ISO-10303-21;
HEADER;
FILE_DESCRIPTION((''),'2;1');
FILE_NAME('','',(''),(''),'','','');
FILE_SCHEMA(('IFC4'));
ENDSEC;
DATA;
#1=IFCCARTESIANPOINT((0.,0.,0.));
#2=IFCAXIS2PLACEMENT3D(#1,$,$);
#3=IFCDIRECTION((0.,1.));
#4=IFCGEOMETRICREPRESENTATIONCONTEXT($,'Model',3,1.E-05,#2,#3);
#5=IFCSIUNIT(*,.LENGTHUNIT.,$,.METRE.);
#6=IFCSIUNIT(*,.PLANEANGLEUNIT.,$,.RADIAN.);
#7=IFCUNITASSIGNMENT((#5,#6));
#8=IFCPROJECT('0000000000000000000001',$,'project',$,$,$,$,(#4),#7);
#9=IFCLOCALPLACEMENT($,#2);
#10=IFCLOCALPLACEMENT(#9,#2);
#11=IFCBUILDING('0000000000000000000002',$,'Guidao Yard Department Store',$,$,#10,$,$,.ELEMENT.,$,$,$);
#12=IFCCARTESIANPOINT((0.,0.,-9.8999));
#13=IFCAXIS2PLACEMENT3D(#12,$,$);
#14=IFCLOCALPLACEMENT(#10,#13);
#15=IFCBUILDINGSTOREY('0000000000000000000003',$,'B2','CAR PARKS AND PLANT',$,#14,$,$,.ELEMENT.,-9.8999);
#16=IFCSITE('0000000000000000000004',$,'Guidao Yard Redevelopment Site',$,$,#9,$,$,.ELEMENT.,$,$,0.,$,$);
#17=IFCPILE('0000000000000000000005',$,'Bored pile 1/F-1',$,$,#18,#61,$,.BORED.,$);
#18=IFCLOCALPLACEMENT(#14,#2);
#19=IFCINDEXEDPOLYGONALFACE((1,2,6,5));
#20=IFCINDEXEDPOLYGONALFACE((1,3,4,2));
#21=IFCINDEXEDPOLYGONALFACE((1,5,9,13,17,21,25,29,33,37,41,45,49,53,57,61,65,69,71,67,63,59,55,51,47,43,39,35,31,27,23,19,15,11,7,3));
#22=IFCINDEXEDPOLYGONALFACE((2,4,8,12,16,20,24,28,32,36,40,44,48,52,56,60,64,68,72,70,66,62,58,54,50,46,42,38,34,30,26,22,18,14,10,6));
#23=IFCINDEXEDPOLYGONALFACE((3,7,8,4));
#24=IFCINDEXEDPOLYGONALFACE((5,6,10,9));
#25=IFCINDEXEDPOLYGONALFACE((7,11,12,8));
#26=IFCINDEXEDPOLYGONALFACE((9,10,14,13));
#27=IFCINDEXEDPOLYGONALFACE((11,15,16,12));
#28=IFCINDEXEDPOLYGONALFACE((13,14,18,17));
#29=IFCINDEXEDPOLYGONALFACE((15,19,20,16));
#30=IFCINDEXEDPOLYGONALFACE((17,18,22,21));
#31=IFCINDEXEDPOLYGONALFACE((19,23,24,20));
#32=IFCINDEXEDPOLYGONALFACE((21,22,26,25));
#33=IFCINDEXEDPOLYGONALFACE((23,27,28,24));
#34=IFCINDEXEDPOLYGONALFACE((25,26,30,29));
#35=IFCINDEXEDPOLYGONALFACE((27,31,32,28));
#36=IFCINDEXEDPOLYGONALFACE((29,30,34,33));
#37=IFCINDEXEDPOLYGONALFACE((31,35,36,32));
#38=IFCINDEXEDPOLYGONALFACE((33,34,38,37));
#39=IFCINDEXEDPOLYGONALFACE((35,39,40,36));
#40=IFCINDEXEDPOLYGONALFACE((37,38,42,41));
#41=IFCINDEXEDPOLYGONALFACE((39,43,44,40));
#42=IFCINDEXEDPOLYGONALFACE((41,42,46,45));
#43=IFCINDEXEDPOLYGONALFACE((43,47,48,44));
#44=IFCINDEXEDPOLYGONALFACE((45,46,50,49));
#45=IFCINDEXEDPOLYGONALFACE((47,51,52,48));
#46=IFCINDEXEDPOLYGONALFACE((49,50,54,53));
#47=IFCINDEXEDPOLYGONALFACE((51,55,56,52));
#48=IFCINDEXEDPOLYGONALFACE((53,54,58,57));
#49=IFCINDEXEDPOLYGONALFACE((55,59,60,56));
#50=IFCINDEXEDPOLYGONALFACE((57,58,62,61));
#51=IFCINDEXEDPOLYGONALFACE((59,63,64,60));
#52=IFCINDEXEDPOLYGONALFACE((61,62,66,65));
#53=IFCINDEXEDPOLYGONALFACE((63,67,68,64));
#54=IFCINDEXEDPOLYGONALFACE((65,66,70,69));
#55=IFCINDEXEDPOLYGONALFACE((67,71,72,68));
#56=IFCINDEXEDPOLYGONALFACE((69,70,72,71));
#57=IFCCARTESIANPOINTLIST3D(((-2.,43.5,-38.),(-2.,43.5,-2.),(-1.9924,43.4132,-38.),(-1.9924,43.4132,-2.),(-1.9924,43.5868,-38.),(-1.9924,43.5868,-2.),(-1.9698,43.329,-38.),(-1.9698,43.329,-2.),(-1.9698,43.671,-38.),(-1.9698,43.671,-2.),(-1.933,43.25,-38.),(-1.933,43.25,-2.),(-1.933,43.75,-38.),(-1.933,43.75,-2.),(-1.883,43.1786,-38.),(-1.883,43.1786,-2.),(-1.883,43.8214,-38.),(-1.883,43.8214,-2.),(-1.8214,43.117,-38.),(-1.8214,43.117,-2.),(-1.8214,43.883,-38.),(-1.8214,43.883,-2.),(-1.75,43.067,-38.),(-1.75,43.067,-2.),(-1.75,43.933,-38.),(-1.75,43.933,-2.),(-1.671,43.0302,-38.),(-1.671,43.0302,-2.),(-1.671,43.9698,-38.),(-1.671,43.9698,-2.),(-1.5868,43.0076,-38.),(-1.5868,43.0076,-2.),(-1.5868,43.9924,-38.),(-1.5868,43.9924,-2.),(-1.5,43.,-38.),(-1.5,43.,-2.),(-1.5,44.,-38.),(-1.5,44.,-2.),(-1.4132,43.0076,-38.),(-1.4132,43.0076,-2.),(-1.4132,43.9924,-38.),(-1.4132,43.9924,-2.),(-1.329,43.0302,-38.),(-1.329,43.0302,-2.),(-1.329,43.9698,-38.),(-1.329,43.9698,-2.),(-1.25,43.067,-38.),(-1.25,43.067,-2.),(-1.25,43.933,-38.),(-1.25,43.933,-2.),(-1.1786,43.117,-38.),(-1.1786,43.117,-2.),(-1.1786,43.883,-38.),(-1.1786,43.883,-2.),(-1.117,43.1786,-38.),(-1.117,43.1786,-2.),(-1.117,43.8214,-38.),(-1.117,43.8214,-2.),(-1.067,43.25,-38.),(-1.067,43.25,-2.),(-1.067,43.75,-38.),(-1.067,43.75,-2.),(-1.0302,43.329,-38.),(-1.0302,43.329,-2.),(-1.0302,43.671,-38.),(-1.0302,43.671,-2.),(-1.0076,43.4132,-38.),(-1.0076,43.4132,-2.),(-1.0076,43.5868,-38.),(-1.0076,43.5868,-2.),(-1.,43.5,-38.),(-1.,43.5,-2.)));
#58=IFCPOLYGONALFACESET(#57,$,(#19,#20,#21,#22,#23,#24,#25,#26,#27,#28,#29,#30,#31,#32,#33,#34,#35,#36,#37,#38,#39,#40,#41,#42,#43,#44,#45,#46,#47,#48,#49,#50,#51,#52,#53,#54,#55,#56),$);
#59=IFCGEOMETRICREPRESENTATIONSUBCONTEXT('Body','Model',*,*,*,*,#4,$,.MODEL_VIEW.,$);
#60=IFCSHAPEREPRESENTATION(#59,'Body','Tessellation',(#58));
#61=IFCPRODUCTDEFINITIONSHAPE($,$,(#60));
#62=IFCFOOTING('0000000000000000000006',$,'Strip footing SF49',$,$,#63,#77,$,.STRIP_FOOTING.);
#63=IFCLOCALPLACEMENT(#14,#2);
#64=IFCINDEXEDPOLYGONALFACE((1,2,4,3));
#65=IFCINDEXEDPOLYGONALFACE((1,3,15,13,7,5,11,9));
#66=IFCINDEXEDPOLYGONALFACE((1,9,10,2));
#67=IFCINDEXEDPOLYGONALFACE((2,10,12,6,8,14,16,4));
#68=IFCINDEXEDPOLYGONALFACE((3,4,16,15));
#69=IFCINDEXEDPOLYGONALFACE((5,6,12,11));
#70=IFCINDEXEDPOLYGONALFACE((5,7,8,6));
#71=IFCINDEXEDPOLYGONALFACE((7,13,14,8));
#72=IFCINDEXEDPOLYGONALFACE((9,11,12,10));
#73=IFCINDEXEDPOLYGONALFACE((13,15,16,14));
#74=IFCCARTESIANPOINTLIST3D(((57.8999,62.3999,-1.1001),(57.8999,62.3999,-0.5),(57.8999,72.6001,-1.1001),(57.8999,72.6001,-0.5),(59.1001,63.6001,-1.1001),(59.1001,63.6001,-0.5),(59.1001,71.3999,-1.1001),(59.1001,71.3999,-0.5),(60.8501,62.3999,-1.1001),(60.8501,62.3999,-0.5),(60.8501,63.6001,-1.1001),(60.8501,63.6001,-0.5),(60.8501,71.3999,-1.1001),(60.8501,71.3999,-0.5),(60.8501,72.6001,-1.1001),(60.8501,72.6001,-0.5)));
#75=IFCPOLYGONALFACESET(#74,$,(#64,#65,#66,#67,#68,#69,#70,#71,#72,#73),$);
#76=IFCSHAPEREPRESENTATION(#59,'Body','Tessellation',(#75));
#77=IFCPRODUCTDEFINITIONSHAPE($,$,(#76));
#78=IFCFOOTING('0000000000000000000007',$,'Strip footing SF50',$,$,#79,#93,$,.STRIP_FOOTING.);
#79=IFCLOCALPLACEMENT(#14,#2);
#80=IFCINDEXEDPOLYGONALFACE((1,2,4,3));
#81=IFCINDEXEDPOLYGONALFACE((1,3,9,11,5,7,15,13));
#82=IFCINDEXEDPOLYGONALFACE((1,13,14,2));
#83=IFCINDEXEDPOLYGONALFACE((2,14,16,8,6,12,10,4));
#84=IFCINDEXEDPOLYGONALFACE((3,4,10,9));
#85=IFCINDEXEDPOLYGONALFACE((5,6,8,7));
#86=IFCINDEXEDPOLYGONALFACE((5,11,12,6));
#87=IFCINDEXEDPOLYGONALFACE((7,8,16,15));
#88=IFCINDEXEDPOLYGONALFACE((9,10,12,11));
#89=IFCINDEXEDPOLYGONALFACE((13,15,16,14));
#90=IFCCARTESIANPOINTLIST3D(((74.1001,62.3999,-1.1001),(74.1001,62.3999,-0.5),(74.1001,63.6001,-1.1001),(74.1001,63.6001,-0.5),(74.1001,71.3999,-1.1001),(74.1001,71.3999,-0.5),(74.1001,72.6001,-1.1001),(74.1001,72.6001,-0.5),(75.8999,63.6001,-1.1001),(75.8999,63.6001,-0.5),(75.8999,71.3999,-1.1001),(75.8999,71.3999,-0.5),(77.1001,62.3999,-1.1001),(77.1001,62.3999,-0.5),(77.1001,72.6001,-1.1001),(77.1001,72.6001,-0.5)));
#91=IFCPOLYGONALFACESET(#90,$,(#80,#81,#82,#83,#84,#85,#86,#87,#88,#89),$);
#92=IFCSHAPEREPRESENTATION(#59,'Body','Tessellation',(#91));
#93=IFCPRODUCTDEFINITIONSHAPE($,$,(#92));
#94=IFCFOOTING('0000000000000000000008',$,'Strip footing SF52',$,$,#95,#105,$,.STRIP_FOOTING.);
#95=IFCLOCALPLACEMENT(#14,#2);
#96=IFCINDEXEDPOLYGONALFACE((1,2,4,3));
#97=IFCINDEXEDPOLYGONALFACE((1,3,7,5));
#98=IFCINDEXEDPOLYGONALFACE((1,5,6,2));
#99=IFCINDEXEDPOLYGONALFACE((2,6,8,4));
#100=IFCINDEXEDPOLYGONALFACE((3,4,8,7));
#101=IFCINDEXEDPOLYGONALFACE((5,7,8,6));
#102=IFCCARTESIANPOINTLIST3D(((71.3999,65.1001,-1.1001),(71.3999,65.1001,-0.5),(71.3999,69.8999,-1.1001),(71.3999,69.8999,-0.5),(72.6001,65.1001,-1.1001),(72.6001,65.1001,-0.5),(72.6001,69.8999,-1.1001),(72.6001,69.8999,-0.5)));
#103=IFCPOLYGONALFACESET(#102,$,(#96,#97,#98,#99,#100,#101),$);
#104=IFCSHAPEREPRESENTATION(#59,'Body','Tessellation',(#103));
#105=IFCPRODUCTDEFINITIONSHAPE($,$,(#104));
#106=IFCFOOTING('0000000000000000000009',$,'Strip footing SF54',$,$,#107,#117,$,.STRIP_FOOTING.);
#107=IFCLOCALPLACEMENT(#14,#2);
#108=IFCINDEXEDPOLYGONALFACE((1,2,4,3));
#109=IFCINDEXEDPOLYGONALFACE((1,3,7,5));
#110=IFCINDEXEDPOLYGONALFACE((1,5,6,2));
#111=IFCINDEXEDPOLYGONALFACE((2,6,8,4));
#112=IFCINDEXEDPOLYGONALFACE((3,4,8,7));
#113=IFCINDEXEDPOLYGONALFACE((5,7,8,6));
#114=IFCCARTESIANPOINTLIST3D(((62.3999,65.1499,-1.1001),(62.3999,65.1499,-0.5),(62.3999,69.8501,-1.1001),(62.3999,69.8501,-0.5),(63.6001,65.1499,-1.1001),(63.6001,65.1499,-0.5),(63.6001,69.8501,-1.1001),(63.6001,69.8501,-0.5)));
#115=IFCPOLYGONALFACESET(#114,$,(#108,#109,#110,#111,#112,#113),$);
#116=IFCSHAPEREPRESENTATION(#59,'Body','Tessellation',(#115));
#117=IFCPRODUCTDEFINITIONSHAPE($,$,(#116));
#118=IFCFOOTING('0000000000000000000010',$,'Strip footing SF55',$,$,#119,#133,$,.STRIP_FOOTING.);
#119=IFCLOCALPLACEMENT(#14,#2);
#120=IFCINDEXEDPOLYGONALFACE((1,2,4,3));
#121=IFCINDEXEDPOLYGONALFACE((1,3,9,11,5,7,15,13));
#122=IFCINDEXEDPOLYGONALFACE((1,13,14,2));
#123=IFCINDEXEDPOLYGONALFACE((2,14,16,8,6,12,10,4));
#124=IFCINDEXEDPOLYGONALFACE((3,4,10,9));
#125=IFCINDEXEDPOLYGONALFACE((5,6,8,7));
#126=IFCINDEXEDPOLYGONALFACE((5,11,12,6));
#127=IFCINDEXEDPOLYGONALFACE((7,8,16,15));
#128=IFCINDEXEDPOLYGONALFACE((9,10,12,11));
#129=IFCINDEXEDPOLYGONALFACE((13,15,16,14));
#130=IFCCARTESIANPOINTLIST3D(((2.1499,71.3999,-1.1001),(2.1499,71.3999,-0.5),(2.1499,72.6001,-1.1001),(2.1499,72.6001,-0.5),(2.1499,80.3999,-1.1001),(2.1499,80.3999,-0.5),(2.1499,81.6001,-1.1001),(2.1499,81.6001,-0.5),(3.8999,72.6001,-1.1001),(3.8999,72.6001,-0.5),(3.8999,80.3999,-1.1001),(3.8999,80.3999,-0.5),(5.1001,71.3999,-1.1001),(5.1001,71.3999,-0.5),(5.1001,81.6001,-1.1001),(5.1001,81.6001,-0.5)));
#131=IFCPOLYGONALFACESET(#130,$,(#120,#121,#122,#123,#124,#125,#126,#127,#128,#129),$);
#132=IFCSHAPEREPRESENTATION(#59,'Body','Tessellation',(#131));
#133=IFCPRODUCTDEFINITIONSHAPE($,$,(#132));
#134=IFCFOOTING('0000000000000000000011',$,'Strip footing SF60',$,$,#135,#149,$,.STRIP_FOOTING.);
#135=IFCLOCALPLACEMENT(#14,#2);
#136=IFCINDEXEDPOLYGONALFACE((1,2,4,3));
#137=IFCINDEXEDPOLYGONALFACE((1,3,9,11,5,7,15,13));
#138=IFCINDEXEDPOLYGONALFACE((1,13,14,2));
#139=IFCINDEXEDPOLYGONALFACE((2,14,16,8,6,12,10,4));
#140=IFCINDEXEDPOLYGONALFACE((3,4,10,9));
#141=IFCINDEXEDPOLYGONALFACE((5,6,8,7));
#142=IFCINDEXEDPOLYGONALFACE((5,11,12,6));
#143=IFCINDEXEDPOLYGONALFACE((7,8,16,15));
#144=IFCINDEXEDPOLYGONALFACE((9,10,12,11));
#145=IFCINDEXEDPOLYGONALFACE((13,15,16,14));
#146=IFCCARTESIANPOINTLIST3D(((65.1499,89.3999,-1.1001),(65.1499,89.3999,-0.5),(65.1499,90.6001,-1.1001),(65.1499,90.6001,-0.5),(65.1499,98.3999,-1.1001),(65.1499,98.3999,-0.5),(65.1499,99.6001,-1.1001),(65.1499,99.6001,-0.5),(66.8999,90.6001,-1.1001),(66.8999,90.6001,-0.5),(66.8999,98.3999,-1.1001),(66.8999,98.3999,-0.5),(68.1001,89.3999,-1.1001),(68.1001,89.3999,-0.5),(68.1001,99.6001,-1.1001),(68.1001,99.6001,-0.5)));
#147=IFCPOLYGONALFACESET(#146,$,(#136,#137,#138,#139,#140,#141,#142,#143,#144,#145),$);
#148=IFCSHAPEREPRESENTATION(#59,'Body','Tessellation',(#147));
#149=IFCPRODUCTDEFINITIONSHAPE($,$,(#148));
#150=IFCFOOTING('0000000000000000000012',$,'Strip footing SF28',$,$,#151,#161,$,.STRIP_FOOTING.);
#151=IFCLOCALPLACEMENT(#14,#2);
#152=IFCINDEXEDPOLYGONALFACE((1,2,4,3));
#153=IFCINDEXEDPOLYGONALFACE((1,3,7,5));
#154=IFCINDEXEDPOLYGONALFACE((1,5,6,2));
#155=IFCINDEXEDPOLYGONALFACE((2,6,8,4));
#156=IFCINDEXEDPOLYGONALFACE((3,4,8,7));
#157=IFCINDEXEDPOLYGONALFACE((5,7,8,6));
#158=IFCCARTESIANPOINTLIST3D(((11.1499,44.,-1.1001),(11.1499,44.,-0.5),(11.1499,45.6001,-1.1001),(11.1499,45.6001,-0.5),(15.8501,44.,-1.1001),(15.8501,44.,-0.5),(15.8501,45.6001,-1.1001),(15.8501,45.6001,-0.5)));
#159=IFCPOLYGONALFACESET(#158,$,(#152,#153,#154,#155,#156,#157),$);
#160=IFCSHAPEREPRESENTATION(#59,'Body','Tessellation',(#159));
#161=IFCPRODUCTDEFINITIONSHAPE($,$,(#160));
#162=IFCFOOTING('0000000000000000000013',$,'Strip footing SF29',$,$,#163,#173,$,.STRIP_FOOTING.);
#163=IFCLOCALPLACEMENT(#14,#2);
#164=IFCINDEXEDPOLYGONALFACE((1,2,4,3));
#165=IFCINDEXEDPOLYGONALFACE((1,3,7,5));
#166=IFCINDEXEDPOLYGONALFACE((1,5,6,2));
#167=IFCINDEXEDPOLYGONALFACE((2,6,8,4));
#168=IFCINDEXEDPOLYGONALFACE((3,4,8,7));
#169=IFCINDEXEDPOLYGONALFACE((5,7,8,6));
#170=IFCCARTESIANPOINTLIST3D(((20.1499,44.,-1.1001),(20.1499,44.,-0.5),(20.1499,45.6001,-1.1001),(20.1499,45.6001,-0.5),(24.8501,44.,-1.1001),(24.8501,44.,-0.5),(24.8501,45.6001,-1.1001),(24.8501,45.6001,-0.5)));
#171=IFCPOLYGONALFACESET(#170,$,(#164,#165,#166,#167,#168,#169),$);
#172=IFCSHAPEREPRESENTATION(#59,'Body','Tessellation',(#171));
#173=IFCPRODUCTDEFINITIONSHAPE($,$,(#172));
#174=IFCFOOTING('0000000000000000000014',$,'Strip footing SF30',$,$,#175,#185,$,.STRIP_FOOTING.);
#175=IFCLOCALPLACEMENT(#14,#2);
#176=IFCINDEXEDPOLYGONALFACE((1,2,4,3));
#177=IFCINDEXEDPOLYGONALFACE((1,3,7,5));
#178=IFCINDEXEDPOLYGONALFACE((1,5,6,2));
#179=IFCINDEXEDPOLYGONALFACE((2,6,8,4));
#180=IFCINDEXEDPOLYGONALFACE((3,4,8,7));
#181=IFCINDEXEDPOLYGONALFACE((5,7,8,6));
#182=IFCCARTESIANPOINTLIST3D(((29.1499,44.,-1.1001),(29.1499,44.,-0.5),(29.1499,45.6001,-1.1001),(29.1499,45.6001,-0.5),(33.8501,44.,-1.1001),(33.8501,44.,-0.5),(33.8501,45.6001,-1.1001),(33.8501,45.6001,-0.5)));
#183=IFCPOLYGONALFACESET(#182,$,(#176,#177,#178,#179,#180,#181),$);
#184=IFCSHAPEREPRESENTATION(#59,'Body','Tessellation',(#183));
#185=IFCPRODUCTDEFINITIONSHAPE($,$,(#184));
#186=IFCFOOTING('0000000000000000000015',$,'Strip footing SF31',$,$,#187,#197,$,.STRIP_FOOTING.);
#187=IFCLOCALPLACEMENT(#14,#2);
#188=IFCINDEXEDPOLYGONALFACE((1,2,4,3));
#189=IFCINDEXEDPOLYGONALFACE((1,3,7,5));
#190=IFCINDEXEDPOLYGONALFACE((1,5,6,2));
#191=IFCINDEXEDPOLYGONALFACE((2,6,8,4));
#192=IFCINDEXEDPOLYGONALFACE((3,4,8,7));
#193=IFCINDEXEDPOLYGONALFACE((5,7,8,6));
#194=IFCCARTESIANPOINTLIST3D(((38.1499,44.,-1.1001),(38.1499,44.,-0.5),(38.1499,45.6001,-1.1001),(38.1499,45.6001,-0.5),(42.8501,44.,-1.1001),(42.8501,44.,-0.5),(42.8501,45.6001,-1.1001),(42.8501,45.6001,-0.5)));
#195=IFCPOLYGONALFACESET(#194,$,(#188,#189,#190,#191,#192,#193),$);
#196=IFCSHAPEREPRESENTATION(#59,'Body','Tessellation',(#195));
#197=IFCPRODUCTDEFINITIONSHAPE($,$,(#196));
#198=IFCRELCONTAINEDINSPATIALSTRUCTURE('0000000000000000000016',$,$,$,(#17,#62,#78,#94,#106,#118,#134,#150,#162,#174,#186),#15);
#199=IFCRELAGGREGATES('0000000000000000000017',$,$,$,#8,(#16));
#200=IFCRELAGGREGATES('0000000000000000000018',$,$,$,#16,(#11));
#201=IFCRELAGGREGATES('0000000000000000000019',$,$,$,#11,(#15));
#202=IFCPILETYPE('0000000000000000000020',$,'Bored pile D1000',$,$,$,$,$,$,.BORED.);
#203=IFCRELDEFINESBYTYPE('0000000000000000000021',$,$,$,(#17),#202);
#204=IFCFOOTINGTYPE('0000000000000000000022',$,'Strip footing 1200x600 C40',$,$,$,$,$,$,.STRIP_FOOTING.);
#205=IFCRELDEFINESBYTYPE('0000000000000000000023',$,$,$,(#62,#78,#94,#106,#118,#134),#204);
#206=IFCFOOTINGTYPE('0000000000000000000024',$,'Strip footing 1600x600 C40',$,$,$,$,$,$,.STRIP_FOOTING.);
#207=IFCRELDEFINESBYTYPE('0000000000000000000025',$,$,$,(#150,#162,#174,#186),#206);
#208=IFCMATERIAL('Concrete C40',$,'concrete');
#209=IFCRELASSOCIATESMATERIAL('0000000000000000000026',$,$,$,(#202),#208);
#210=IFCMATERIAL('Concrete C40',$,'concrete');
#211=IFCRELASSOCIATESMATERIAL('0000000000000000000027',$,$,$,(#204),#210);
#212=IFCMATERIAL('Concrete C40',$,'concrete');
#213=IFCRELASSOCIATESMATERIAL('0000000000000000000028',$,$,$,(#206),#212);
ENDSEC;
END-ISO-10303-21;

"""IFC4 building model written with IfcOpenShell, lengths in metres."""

from ifc_helpers import new_model, si_unit, direction, frame, origin, origin_2d, place, context, subcontext, project, spatial, polyline, circle, outline, extrude, material, material_profile, profile_set, type_object, element, save


model = new_model("IFC4")

# Units and contexts
model_context = context("Model", 3, precision=1e-05, world=origin(), true_north=direction((0.0, 1.0)))
body_context = subcontext(model_context, "Body", "Model", "MODEL_VIEW")
ifc_project = project(units=[si_unit("LENGTHUNIT", "METRE"), si_unit("PLANEANGLEUNIT", "RADIAN")], contexts=[model_context])

# Site, building, storey
site_placement = place(None, origin())
site = spatial("IfcSite", under=ifc_project, at=site_placement, Name="Guidao Yard Redevelopment Site", CompositionType="ELEMENT", RefElevation=0.0)
building_placement = place(site_placement, origin())
building = spatial("IfcBuilding", under=site, at=building_placement, Name="Guidao Yard Department Store", CompositionType="ELEMENT")
storey_placement = place(building_placement, frame((0.0, 0.0, -9.8999)))
storey = spatial("IfcBuildingStorey", under=building, at=storey_placement, Name="B2", Description="CAR PARKS AND PLANT", CompositionType="ELEMENT", Elevation=-9.8999)

# Pile
ifc_material_1 = material(Name="Concrete C40", Category="concrete")
ifc_material_profile = material_profile(ifc_material_1, circle(Radius=0.5, at=origin_2d()), Name="Bored pile D1000")
ifc_profile_set = profile_set([ifc_material_profile], Name="Concrete C40")
pile_type = type_object("IfcPileType", Name="Bored pile D1000", PredefinedType="BORED", material=ifc_profile_set)
pile_placement = place(storey_placement, frame((-1.5, 43.5, -2.0), z_axis=(0.0, 0.0, -1.0), x_axis=(1.0, 0.0, 0.0)))
element("IfcPile", 1, at=pile_placement, inside=storey, type_object=pile_type, Name="Bored pile 1/F-1", PredefinedType="BORED", context=body_context, shape_type="SweptSolid", body=[
    extrude(circle(Radius=0.5, at=origin_2d()), origin(), (0.0, 0.0, 1.0), 36.0),
])

# Footings
ifc_material_2 = material(Name="Concrete C40", Category="concrete")
footing_type_1 = type_object("IfcFootingType", Name="Strip footing 1200x600 C40", PredefinedType="STRIP_FOOTING", material=ifc_material_2)
footing_1_placement = place(storey_placement, frame((0.0, 0.0, -1.1001)))
element("IfcFooting", 2, at=footing_1_placement, inside=storey, type_object=footing_type_1, Name="Strip footing SF49", PredefinedType="STRIP_FOOTING", context=body_context, shape_type="SweptSolid", body=[
    extrude(outline(polyline([(60.8501, 72.6001), (57.8999, 72.6001), (57.8999, 62.3999), (60.8501, 62.3999), (60.8501, 63.6001), (59.1001, 63.6001), (59.1001, 71.3999), (60.8501, 71.3999), (60.8501, 72.6001)])), origin(), (0.0, 0.0, 1.0), 0.6001),
])
footing_2_placement = place(storey_placement, frame((0.0, 0.0, -1.1001)))
element("IfcFooting", 3, at=footing_2_placement, inside=storey, type_object=footing_type_1, Name="Strip footing SF50", PredefinedType="STRIP_FOOTING", context=body_context, shape_type="SweptSolid", body=[
    extrude(outline(polyline([(77.1001, 72.6001), (74.1001, 72.6001), (74.1001, 71.3999), (75.8999, 71.3999), (75.8999, 63.6001), (74.1001, 63.6001), (74.1001, 62.3999), (77.1001, 62.3999), (77.1001, 72.6001)])), origin(), (0.0, 0.0, 1.0), 0.6001),
])
footing_3_placement = place(storey_placement, frame((0.0, 0.0, -1.1001)))
element("IfcFooting", 4, at=footing_3_placement, inside=storey, type_object=footing_type_1, Name="Strip footing SF52", PredefinedType="STRIP_FOOTING", context=body_context, shape_type="SweptSolid", body=[
    extrude(outline(polyline([(71.3999, 69.8999), (71.3999, 65.1001), (72.6001, 65.1001), (72.6001, 69.8999), (71.3999, 69.8999)])), origin(), (0.0, 0.0, 1.0), 0.6001),
])
footing_4_placement = place(storey_placement, frame((0.0, 0.0, -1.1001)))
element("IfcFooting", 5, at=footing_4_placement, inside=storey, type_object=footing_type_1, Name="Strip footing SF54", PredefinedType="STRIP_FOOTING", context=body_context, shape_type="SweptSolid", body=[
    extrude(outline(polyline([(63.6001, 65.1499), (63.6001, 69.8501), (62.3999, 69.8501), (62.3999, 65.1499), (63.6001, 65.1499)])), origin(), (0.0, 0.0, 1.0), 0.6001),
])
footing_5_placement = place(storey_placement, frame((0.0, 0.0, -1.1001)))
element("IfcFooting", 6, at=footing_5_placement, inside=storey, type_object=footing_type_1, Name="Strip footing SF55", PredefinedType="STRIP_FOOTING", context=body_context, shape_type="SweptSolid", body=[
    extrude(outline(polyline([(3.8999, 72.6001), (2.1499, 72.6001), (2.1499, 71.3999), (5.1001, 71.3999), (5.1001, 81.6001), (2.1499, 81.6001), (2.1499, 80.3999), (3.8999, 80.3999), (3.8999, 72.6001)])), origin(), (0.0, 0.0, 1.0), 0.6001),
])
footing_6_placement = place(storey_placement, frame((0.0, 0.0, -1.1001)))
element("IfcFooting", 7, at=footing_6_placement, inside=storey, type_object=footing_type_1, Name="Strip footing SF60", PredefinedType="STRIP_FOOTING", context=body_context, shape_type="SweptSolid", body=[
    extrude(outline(polyline([(68.1001, 99.6001), (65.1499, 99.6001), (65.1499, 98.3999), (66.8999, 98.3999), (66.8999, 90.6001), (65.1499, 90.6001), (65.1499, 89.3999), (68.1001, 89.3999), (68.1001, 99.6001)])), origin(), (0.0, 0.0, 1.0), 0.6001),
])
ifc_material_3 = material(Name="Concrete C40", Category="concrete")
footing_type_2 = type_object("IfcFootingType", Name="Strip footing 1600x600 C40", PredefinedType="STRIP_FOOTING", material=ifc_material_3)
footing_7_placement = place(storey_placement, frame((0.0, 0.0, -1.1001)))
element("IfcFooting", 8, at=footing_7_placement, inside=storey, type_object=footing_type_2, Name="Strip footing SF28", PredefinedType="STRIP_FOOTING", context=body_context, shape_type="SweptSolid", body=[
    extrude(outline(polyline([(15.8501, 45.6001), (11.1499, 45.6001), (11.1499, 44.0), (15.8501, 44.0), (15.8501, 45.6001)])), origin(), (0.0, 0.0, 1.0), 0.6001),
])
footing_8_placement = place(storey_placement, frame((0.0, 0.0, -1.1001)))
element("IfcFooting", 9, at=footing_8_placement, inside=storey, type_object=footing_type_2, Name="Strip footing SF29", PredefinedType="STRIP_FOOTING", context=body_context, shape_type="SweptSolid", body=[
    extrude(outline(polyline([(20.1499, 44.0), (24.8501, 44.0), (24.8501, 45.6001), (20.1499, 45.6001), (20.1499, 44.0)])), origin(), (0.0, 0.0, 1.0), 0.6001),
])
footing_9_placement = place(storey_placement, frame((0.0, 0.0, -1.1001)))
element("IfcFooting", 10, at=footing_9_placement, inside=storey, type_object=footing_type_2, Name="Strip footing SF30", PredefinedType="STRIP_FOOTING", context=body_context, shape_type="SweptSolid", body=[
    extrude(outline(polyline([(29.1499, 44.0), (33.8501, 44.0), (33.8501, 45.6001), (29.1499, 45.6001), (29.1499, 44.0)])), origin(), (0.0, 0.0, 1.0), 0.6001),
])
footing_10_placement = place(storey_placement, frame((0.0, 0.0, -1.1001)))
element("IfcFooting", 11, at=footing_10_placement, inside=storey, type_object=footing_type_2, Name="Strip footing SF31", PredefinedType="STRIP_FOOTING", context=body_context, shape_type="SweptSolid", body=[
    extrude(outline(polyline([(38.1499, 44.0), (42.8501, 44.0), (42.8501, 45.6001), (38.1499, 45.6001), (38.1499, 44.0)])), origin(), (0.0, 0.0, 1.0), 0.6001),
])

save(model, "model.ifc")
